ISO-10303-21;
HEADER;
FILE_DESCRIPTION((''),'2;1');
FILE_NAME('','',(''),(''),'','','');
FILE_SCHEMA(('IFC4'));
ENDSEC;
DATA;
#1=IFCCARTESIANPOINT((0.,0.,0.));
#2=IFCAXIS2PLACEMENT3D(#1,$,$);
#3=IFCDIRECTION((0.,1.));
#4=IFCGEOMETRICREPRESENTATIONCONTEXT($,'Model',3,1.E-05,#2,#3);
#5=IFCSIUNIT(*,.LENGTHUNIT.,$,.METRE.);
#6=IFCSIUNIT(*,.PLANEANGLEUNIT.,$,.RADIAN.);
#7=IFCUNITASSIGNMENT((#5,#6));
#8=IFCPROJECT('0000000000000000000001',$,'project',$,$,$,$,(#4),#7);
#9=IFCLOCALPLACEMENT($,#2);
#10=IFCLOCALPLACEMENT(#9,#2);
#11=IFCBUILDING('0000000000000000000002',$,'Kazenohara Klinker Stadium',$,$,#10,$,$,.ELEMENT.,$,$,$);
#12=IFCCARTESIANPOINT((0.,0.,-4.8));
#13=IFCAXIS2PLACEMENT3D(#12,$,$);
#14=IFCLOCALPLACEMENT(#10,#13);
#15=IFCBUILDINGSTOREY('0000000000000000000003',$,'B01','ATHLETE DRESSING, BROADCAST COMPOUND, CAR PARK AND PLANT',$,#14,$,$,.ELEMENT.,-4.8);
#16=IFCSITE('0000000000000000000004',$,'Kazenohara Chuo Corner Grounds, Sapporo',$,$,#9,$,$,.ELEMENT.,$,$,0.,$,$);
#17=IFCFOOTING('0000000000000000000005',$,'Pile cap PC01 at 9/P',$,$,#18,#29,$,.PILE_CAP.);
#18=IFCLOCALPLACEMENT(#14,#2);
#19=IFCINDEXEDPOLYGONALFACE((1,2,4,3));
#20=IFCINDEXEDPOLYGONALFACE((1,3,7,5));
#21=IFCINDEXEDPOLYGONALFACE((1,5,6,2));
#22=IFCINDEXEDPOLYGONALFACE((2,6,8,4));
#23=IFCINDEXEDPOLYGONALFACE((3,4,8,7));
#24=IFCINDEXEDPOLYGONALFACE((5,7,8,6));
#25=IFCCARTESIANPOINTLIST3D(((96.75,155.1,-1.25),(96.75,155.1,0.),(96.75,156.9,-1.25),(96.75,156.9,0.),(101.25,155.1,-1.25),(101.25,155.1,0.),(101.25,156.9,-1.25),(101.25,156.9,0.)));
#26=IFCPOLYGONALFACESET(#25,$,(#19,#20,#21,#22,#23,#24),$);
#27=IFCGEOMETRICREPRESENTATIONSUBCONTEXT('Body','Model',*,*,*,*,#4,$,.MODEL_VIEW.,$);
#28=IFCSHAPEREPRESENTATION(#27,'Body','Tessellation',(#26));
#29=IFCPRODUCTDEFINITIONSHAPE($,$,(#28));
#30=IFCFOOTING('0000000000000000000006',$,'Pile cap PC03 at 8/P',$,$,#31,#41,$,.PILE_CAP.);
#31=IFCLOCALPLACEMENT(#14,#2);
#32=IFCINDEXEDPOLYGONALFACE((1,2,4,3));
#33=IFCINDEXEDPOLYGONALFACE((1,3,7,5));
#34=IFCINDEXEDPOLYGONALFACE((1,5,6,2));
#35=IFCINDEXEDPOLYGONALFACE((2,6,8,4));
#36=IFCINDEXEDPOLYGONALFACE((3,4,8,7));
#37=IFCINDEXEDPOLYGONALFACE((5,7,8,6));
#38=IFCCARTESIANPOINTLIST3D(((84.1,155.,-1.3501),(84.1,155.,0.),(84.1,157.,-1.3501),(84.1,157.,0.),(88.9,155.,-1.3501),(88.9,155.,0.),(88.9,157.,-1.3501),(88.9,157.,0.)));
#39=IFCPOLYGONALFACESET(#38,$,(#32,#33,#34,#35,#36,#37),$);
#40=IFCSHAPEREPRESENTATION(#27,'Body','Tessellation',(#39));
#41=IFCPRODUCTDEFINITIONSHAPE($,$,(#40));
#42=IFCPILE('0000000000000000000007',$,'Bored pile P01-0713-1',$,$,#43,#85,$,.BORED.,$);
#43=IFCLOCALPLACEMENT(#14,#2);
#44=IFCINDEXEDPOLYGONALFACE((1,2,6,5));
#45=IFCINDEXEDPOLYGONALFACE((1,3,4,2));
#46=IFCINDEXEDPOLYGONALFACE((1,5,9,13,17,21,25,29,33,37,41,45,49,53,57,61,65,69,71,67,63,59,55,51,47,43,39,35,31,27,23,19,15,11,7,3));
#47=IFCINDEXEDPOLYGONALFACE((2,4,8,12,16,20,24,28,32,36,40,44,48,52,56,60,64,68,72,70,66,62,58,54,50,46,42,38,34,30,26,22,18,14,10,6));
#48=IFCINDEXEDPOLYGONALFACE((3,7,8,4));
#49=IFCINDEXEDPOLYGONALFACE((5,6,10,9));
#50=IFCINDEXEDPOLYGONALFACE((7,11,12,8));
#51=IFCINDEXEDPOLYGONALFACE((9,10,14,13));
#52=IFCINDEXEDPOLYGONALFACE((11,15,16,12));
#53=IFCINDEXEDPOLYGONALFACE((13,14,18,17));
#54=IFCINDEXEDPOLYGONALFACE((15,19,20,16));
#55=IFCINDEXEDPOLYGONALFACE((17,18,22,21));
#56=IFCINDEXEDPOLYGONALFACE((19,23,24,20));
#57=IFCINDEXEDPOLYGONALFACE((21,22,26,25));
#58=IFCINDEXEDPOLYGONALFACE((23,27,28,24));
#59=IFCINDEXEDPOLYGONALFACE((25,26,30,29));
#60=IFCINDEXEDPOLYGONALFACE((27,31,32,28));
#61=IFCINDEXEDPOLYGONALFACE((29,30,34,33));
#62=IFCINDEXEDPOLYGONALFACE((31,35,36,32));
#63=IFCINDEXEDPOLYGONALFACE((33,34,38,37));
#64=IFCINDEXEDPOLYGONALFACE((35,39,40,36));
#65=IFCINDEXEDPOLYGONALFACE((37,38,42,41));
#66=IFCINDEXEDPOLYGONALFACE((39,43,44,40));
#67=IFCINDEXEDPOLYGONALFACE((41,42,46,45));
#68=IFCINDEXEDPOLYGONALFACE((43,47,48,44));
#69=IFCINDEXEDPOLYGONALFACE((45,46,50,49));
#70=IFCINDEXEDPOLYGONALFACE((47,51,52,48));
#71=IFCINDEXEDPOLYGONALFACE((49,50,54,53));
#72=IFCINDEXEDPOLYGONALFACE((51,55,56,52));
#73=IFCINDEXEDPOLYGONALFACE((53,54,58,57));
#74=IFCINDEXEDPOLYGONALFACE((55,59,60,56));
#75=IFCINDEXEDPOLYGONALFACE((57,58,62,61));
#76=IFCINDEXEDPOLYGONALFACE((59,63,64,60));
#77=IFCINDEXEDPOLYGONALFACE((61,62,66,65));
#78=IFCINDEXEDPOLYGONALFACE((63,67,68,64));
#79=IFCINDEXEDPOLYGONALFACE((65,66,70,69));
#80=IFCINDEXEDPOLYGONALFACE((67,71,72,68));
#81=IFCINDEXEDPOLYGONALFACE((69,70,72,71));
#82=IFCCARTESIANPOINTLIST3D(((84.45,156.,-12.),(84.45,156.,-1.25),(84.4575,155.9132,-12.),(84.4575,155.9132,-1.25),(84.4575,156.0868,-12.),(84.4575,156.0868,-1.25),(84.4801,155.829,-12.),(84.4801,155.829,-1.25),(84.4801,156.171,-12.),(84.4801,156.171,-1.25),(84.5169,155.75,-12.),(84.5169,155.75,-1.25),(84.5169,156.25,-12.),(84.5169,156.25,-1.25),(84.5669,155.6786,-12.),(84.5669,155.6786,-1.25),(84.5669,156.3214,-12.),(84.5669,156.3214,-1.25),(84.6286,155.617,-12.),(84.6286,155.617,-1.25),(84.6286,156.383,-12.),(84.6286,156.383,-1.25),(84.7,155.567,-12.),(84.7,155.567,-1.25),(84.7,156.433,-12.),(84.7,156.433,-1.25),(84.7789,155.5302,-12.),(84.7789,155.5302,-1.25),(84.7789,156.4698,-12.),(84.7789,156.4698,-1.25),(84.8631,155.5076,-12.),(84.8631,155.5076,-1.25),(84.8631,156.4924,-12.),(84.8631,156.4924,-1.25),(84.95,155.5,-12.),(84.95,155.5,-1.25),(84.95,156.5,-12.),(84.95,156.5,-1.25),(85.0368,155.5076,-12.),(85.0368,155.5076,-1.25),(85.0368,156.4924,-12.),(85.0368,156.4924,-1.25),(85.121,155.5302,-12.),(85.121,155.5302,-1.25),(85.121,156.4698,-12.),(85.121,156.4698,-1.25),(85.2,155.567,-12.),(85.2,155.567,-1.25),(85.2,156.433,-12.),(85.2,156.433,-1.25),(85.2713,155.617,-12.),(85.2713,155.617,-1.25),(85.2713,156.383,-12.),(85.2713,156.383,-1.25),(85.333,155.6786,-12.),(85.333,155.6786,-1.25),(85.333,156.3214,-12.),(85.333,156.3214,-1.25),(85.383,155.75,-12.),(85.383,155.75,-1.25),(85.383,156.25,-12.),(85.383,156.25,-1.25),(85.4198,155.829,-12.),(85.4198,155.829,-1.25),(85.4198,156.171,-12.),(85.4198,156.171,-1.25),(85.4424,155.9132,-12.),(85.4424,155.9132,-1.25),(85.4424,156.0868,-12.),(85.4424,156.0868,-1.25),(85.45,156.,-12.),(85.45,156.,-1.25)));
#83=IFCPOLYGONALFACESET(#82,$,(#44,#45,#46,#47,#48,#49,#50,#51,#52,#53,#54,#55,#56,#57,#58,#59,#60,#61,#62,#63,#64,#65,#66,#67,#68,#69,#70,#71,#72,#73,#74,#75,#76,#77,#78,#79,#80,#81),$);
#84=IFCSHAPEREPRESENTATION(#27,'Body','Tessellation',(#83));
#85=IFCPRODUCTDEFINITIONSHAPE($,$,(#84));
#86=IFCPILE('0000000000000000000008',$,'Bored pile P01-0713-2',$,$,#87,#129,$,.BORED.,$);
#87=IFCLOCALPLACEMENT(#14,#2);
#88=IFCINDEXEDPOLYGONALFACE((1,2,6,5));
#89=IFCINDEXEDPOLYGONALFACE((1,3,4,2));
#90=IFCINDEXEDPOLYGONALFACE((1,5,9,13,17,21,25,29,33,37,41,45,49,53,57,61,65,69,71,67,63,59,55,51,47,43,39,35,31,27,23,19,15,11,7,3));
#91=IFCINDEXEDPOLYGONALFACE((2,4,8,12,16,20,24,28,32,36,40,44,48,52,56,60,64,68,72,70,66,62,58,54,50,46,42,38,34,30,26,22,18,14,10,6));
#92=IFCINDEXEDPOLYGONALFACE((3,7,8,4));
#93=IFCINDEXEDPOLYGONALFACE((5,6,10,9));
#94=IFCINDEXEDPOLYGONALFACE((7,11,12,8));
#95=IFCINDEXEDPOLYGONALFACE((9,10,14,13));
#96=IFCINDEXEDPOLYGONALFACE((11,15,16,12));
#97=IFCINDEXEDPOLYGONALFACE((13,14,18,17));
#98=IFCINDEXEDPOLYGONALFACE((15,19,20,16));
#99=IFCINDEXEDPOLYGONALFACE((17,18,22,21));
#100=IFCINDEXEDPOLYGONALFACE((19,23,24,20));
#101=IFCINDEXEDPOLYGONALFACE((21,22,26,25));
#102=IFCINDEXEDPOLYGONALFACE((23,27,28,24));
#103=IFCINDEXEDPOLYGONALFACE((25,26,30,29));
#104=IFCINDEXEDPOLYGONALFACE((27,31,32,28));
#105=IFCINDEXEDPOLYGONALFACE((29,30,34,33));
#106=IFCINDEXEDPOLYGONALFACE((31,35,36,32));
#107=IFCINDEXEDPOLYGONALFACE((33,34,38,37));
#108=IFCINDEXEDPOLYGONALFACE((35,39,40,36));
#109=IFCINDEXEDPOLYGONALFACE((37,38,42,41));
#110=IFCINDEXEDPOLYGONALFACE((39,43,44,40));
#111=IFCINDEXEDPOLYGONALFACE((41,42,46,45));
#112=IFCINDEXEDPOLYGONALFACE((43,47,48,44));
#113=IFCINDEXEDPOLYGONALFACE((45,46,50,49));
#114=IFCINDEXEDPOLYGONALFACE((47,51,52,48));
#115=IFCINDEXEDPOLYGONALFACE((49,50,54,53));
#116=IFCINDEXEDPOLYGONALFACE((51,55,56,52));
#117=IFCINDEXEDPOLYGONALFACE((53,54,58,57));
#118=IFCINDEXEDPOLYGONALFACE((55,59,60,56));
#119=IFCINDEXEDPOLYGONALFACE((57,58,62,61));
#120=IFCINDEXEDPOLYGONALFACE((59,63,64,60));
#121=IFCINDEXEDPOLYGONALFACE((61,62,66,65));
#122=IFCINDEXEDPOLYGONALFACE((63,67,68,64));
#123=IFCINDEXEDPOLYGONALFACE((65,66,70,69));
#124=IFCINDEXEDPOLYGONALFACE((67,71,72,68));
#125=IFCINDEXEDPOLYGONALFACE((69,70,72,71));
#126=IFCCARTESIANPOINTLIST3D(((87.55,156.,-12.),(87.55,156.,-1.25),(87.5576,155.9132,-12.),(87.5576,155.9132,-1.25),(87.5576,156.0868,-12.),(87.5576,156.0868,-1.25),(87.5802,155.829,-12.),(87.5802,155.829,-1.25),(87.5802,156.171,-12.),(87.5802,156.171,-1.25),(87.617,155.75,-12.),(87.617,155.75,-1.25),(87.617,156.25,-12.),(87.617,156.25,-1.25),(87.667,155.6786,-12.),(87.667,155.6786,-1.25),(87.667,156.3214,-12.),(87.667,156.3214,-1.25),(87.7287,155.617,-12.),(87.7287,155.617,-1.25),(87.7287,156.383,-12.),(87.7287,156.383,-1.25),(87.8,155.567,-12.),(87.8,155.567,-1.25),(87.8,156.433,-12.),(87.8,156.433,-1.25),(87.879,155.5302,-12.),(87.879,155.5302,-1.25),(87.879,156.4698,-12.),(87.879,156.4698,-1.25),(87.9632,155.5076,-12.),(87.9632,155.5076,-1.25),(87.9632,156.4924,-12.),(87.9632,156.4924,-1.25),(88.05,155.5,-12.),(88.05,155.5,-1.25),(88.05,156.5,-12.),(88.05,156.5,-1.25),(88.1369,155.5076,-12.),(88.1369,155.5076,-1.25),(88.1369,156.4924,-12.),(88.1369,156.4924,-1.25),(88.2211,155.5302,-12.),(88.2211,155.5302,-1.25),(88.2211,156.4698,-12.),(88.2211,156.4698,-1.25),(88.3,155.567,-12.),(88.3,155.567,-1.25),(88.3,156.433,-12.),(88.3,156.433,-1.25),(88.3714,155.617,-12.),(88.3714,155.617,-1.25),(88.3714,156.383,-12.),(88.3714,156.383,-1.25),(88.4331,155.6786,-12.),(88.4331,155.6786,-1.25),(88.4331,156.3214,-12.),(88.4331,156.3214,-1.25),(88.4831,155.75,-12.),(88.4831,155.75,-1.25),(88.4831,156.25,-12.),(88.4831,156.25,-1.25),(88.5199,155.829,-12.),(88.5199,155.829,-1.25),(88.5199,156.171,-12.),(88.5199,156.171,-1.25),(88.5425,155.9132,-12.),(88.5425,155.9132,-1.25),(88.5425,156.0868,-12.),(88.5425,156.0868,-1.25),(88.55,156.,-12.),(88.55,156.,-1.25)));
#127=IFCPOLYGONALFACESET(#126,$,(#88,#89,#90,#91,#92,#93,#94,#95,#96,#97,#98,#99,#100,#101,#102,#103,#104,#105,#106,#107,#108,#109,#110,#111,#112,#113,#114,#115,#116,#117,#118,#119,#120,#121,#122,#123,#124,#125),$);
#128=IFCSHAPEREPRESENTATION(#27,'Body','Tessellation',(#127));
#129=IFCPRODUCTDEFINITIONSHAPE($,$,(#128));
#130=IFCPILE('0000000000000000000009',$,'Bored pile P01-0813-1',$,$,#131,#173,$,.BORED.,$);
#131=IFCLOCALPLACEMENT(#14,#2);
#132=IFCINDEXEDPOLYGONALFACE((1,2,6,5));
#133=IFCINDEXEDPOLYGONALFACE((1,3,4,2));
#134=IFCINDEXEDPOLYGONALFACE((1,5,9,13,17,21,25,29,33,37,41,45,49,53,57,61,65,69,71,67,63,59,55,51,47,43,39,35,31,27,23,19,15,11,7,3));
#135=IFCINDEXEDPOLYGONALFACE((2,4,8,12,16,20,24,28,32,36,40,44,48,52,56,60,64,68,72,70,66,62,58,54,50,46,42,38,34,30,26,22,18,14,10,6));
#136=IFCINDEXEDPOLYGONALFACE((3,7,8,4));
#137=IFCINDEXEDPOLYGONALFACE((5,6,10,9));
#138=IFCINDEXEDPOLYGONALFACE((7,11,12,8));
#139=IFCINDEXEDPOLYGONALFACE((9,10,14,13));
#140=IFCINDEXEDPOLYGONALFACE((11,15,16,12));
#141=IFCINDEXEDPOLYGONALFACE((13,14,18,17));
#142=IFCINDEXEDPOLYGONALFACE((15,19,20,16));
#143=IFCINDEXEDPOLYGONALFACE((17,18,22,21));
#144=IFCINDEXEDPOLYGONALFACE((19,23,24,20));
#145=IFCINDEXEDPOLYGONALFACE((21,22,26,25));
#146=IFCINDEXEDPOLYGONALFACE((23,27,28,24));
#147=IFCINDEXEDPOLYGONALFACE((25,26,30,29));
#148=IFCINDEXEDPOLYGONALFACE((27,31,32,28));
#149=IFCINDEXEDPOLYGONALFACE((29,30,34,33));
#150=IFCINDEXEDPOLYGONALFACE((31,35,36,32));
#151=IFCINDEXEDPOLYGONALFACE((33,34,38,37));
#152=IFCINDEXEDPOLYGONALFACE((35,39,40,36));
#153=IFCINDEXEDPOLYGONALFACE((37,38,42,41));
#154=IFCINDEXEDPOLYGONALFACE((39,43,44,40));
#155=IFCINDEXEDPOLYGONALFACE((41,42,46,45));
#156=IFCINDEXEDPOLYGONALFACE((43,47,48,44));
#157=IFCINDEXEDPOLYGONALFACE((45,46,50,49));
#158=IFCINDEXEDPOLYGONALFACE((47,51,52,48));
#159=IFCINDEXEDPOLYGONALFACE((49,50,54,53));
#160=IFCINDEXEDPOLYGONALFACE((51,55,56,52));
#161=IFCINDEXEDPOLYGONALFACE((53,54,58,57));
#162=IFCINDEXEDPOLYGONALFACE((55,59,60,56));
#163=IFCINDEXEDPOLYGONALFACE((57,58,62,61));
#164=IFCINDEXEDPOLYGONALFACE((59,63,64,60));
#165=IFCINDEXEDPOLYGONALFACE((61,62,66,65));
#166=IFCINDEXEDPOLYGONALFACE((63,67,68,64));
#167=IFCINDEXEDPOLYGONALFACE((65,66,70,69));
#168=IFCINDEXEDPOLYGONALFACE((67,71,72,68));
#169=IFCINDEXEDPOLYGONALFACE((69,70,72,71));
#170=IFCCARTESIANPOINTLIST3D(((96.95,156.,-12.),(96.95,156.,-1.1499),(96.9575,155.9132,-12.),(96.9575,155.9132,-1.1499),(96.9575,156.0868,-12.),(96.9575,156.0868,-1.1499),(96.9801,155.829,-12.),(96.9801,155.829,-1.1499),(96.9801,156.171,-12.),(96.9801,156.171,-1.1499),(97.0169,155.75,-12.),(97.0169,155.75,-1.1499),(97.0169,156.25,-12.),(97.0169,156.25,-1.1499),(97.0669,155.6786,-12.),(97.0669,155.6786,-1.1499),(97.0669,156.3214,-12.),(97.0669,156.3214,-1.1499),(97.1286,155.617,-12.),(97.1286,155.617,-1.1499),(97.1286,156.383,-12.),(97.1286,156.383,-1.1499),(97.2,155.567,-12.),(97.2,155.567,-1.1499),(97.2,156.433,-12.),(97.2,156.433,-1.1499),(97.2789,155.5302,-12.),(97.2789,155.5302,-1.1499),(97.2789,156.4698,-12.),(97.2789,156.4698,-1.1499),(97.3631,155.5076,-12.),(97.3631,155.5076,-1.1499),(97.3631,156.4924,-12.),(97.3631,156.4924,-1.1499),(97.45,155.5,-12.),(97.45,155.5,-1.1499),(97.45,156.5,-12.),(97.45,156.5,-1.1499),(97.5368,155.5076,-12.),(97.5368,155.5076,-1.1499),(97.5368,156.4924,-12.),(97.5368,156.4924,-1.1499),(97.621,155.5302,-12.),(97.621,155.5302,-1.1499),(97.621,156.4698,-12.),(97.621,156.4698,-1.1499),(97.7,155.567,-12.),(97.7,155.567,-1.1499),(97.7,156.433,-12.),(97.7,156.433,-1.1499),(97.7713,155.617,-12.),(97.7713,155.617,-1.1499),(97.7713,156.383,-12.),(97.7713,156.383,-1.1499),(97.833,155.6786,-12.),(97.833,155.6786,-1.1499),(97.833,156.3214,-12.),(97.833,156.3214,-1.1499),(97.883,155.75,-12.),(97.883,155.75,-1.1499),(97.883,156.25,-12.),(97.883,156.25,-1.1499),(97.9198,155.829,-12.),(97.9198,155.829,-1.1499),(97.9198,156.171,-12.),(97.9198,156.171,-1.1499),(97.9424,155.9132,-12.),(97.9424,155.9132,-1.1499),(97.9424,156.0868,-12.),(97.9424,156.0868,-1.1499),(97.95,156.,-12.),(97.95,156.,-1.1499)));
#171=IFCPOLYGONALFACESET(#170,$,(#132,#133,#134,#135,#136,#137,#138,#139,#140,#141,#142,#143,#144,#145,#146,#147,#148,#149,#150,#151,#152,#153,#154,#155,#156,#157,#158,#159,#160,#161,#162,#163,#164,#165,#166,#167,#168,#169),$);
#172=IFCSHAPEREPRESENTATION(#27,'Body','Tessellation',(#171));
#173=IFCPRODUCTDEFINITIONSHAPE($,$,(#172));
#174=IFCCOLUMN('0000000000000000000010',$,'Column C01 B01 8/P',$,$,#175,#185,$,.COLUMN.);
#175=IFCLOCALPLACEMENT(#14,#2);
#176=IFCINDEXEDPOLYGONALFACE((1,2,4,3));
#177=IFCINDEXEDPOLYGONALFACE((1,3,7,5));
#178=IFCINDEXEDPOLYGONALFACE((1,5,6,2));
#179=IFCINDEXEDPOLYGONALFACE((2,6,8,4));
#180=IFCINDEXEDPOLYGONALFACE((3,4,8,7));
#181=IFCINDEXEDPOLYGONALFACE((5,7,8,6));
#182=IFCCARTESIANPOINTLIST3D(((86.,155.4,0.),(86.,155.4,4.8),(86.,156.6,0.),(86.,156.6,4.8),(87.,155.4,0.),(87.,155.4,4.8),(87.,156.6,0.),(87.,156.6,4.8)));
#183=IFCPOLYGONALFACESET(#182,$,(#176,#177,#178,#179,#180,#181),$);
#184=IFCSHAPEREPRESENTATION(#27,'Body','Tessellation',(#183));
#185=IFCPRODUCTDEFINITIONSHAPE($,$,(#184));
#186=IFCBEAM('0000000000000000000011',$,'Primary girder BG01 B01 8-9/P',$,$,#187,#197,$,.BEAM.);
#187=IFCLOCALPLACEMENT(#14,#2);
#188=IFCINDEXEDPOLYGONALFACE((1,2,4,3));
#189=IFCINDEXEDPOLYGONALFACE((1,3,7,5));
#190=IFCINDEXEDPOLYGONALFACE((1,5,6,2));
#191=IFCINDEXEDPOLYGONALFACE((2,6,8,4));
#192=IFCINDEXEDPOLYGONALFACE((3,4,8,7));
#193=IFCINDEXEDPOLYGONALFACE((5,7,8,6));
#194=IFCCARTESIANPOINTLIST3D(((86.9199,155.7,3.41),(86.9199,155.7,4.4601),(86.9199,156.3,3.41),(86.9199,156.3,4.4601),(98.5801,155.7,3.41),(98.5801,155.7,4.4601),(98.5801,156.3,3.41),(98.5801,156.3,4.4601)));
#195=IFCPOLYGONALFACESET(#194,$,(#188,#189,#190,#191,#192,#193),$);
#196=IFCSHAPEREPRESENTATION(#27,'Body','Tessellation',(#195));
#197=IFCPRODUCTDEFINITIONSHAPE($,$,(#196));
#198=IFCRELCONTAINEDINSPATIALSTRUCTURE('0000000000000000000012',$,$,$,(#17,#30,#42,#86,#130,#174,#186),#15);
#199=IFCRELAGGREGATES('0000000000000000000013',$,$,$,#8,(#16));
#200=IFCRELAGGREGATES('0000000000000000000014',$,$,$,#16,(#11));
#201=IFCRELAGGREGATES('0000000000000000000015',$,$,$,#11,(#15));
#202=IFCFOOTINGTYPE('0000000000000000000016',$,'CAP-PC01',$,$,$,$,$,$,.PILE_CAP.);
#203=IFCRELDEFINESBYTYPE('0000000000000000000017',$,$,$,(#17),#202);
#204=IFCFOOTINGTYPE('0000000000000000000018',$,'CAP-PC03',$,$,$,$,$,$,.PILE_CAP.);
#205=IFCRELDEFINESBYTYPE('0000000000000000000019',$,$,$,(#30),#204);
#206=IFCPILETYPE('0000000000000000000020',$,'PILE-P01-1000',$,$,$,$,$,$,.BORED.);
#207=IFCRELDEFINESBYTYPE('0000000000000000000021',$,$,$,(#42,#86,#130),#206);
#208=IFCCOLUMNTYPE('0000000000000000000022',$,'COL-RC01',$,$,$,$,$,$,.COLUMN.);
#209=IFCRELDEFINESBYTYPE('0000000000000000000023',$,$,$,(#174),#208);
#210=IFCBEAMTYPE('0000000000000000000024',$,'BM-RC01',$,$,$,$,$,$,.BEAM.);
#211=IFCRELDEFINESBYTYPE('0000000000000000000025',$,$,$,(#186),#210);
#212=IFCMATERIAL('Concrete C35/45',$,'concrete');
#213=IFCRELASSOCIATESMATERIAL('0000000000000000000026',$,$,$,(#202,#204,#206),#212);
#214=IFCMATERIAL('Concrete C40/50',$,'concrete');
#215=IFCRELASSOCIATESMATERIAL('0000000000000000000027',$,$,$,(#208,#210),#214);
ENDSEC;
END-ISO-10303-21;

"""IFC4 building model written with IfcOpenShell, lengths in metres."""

from ifc_helpers import new_model, si_unit, direction, frame, origin, origin_2d, place, context, subcontext, project, spatial, rectangle, circle, extrude, material, material_profile, profile_set, type_object, element, save


model = new_model("IFC4")

# Units and contexts
model_context = context("Model", 3, precision=1e-05, world=origin(), true_north=direction((0.0, 1.0)))
body_context = subcontext(model_context, "Body", "Model", "MODEL_VIEW")
ifc_project = project(units=[si_unit("LENGTHUNIT", "METRE"), si_unit("PLANEANGLEUNIT", "RADIAN")], contexts=[model_context])

# Site, building, storey
site_placement = place(None, origin())
site = spatial("IfcSite", under=ifc_project, at=site_placement, Name="Kazenohara Chuo Corner Grounds, Sapporo", CompositionType="ELEMENT", RefElevation=0.0)
building_placement = place(site_placement, origin())
building = spatial("IfcBuilding", under=site, at=building_placement, Name="Kazenohara Klinker Stadium", CompositionType="ELEMENT")
storey_placement = place(building_placement, frame((0.0, 0.0, -4.8)))
storey = spatial("IfcBuildingStorey", under=building, at=storey_placement, Name="B01", Description="ATHLETE DRESSING, BROADCAST COMPOUND, CAR PARK AND PLANT", CompositionType="ELEMENT", Elevation=-4.8)

# Footings
ifc_material_1 = material(Name="Concrete C35/45", Category="concrete")
footing_type_1 = type_object("IfcFootingType", Name="CAP-PC01", PredefinedType="PILE_CAP", material=ifc_material_1)
footing_1_placement = place(storey_placement, frame((99.0, 156.0, -1.25), z_axis=(0.0, 0.0, 1.0), x_axis=(1.0, 0.0, 0.0)))
element("IfcFooting", 1, at=footing_1_placement, inside=storey, type_object=footing_type_1, Name="Pile cap PC01 at 9/P", PredefinedType="PILE_CAP", context=body_context, shape_type="SweptSolid", body=[
    extrude(rectangle(XDim=4.5, YDim=1.8, at=origin_2d()), origin(), (0.0, 0.0, 1.0), 1.25),
])
footing_type_2 = type_object("IfcFootingType", Name="CAP-PC03", PredefinedType="PILE_CAP", material=ifc_material_1)
footing_2_placement = place(storey_placement, frame((86.5, 156.0, -1.3501), z_axis=(0.0, 0.0, 1.0), x_axis=(1.0, 0.0, 0.0)))
element("IfcFooting", 2, at=footing_2_placement, inside=storey, type_object=footing_type_2, Name="Pile cap PC03 at 8/P", PredefinedType="PILE_CAP", context=body_context, shape_type="SweptSolid", body=[
    extrude(rectangle(XDim=4.8, YDim=2.0, at=origin_2d()), origin(), (0.0, 0.0, 1.0), 1.3501),
])

# Piles
ifc_material_profile_1 = material_profile(ifc_material_1, circle(Radius=0.5, at=origin_2d()), Name="BORED-PILE-1000")
ifc_profile_set_1 = profile_set([ifc_material_profile_1], Name="Concrete C35/45")
pile_type = type_object("IfcPileType", Name="PILE-P01-1000", PredefinedType="BORED", material=ifc_profile_set_1)
for number, where, z_axis, x_axis, name in (
    (3, (84.95, 156.0, -1.25), (0.0, 0.0, -1.0), (1.0, 0.0, 0.0), "Bored pile P01-0713-1"),
    (4, (88.05, 156.0, -1.25), (0.0, 0.0, -1.0), (1.0, 0.0, 0.0), "Bored pile P01-0713-2"),
):
    element("IfcPile", number, at=place(storey_placement, frame(where, z_axis=z_axis, x_axis=x_axis)), inside=storey, type_object=pile_type, Name=name, PredefinedType="BORED", context=body_context, shape_type="SweptSolid", body=[
        extrude(circle(Radius=0.5, at=origin_2d()), origin(), (0.0, 0.0, 1.0), 10.75),
    ])
pile_placement = place(storey_placement, frame((97.45, 156.0, -1.1499), z_axis=(0.0, 0.0, -1.0), x_axis=(1.0, 0.0, 0.0)))
element("IfcPile", 5, at=pile_placement, inside=storey, type_object=pile_type, Name="Bored pile P01-0813-1", PredefinedType="BORED", context=body_context, shape_type="SweptSolid", body=[
    extrude(circle(Radius=0.5, at=origin_2d()), origin(), (0.0, 0.0, 1.0), 10.8501),
])

# Column
ifc_material_2 = material(Name="Concrete C40/50", Category="concrete")
ifc_material_profile_2 = material_profile(ifc_material_2, rectangle(XDim=1.0, YDim=1.2, at=origin_2d()), Name="RC-COL-1200x1000")
ifc_profile_set_2 = profile_set([ifc_material_profile_2], Name="Concrete C40/50")
column_type = type_object("IfcColumnType", Name="COL-RC01", PredefinedType="COLUMN", material=ifc_profile_set_2)
column_placement = place(storey_placement, frame((86.5, 156.0, 0.0), z_axis=(0.0, 0.0, 1.0), x_axis=(1.0, 0.0, 0.0)))
element("IfcColumn", 6, at=column_placement, inside=storey, type_object=column_type, Name="Column C01 B01 8/P", PredefinedType="COLUMN", context=body_context, shape_type="SweptSolid", body=[
    extrude(rectangle(XDim=1.0, YDim=1.2, at=origin_2d()), origin(), (0.0, 0.0, 1.0), 4.8),
])

# Beam
ifc_material_profile_3 = material_profile(ifc_material_2, rectangle(XDim=0.6001, YDim=1.05, at=origin_2d()), Name="RC-BM-600x1050")
ifc_profile_set_3 = profile_set([ifc_material_profile_3], Name="Concrete C40/50")
beam_type = type_object("IfcBeamType", Name="BM-RC01", PredefinedType="BEAM", material=ifc_profile_set_3)
beam_placement = place(storey_placement, frame((86.9199, 156.0, 3.9351), z_axis=(1.0, 0.0, 0.0), x_axis=(0.0, 1.0, 0.0)))
element("IfcBeam", 7, at=beam_placement, inside=storey, type_object=beam_type, Name="Primary girder BG01 B01 8-9/P", PredefinedType="BEAM", context=body_context, shape_type="SweptSolid", body=[
    extrude(rectangle(XDim=0.6001, YDim=1.05, at=origin_2d()), origin(), (0.0, 0.0, 1.0), 11.6602),
])

save(model, "model.ifc")
